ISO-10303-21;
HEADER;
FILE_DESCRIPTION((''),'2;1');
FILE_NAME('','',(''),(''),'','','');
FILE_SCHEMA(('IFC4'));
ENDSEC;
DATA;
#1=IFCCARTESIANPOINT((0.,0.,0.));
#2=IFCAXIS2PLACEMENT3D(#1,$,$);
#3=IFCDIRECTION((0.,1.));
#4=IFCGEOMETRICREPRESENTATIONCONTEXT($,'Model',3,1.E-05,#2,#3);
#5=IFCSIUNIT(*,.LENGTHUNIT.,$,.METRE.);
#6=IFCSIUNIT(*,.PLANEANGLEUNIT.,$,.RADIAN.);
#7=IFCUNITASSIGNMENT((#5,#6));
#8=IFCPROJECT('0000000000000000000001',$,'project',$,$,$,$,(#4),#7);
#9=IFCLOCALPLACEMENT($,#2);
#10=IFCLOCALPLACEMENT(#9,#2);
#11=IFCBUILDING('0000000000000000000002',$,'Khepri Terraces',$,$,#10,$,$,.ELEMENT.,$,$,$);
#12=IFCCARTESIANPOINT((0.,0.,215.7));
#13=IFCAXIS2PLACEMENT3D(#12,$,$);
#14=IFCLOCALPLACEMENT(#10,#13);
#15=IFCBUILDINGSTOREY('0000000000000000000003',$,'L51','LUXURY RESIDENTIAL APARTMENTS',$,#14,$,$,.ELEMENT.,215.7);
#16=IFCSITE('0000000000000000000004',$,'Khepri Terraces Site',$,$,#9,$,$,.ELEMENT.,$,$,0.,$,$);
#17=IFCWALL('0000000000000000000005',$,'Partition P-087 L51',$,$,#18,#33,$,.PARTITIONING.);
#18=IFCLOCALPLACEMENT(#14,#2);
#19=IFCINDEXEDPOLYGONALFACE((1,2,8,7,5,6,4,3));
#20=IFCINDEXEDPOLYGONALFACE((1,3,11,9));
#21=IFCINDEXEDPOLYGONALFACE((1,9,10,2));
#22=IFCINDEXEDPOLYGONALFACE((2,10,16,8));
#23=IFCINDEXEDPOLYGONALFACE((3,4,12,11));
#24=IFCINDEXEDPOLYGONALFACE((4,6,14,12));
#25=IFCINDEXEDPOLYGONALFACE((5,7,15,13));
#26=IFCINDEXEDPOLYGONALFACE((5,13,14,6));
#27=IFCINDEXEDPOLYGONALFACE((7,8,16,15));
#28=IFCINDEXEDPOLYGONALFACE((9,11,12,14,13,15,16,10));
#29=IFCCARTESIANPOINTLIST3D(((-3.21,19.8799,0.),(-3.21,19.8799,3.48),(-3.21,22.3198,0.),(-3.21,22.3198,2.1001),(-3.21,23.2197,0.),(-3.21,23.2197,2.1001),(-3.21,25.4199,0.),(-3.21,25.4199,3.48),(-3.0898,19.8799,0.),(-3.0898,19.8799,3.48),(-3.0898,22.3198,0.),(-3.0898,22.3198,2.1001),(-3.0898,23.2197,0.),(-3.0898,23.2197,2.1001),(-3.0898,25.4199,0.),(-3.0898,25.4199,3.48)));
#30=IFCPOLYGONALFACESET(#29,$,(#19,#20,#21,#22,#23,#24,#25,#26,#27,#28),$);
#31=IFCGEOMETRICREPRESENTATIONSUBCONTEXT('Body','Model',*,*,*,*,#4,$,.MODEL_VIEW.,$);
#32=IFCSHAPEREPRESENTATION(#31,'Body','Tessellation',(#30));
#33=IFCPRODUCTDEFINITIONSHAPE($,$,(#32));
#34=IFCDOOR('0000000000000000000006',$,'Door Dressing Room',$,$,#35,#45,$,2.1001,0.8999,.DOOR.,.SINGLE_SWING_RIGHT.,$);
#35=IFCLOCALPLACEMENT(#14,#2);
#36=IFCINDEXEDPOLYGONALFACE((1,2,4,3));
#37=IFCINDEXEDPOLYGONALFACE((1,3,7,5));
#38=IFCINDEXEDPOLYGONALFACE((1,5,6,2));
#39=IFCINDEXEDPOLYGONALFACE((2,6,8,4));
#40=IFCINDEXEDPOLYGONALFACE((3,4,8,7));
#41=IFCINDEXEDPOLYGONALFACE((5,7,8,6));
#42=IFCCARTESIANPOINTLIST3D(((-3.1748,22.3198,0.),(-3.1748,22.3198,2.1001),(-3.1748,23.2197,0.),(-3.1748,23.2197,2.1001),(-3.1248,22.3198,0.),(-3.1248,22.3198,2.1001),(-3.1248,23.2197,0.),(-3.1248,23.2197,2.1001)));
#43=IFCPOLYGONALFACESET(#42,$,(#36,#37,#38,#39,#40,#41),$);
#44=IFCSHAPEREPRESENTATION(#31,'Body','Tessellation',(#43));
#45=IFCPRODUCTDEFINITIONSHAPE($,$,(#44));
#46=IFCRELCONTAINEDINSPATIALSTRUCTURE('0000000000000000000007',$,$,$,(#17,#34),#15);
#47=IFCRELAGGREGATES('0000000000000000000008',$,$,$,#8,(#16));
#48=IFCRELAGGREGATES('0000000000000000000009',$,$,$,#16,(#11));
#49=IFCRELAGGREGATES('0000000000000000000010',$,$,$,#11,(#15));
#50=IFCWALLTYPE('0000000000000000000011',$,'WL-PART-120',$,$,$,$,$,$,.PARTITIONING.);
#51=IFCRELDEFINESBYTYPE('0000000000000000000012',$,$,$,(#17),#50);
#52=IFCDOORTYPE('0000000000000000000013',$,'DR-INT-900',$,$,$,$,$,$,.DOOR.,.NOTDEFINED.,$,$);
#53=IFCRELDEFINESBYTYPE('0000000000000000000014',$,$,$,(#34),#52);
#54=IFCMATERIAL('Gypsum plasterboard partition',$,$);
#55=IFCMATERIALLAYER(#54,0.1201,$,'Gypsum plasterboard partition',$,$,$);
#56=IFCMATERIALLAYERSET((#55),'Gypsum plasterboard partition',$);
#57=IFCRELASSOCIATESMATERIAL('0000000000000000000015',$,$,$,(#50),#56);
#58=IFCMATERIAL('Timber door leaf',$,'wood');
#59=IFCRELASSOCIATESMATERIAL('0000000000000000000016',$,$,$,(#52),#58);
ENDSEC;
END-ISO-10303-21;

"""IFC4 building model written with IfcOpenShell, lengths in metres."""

from ifc_helpers import new_model, si_unit, direction, frame, frame_2d, origin, place, context, subcontext, project, spatial, rectangle, extrude, material, layer, layer_set, type_object, element, fill, save


model = new_model("IFC4")

# Units and contexts
model_context = context("Model", 3, precision=1e-05, world=origin(), true_north=direction((0.0, 1.0)))
body_context = subcontext(model_context, "Body", "Model", "MODEL_VIEW")
ifc_project = project(units=[si_unit("LENGTHUNIT", "METRE"), si_unit("PLANEANGLEUNIT", "RADIAN")], contexts=[model_context])

# Site, building, storey
site_placement = place(None, origin())
site = spatial("IfcSite", under=ifc_project, at=site_placement, Name="Khepri Terraces Site", CompositionType="ELEMENT", RefElevation=0.0)
building_placement = place(site_placement, origin())
building = spatial("IfcBuilding", under=site, at=building_placement, Name="Khepri Terraces", CompositionType="ELEMENT")
storey_placement = place(building_placement, frame((0.0, 0.0, 215.7)))
storey = spatial("IfcBuildingStorey", under=building, at=storey_placement, Name="L51", Description="LUXURY RESIDENTIAL APARTMENTS", CompositionType="ELEMENT", Elevation=215.7)

# Shared definitions
ifc_material_1 = material(Name="Gypsum plasterboard partition")
ifc_layer_1 = layer(ifc_material_1, 0.1201, Name="Gypsum plasterboard partition")
ifc_layer_set_1 = layer_set([ifc_layer_1], Name="Gypsum plasterboard partition")
wall_type_1 = type_object("IfcWallType", Name="WL-PART-120", PredefinedType="PARTITIONING", material=ifc_layer_set_1)
ifc_material_2 = material(Name="Timber door leaf", Category="wood")
door_type_1 = type_object("IfcDoorType", Name="DR-INT-900", OperationType="NOTDEFINED", PredefinedType="DOOR", material=ifc_material_2)

# Wall, opening, door
wall_1_placement = place(storey_placement, frame((-3.1499, 19.8799, 0.0), z_axis=(0.0, 0.0, 1.0), x_axis=(0.0, 1.0, 0.0)))
wall_1 = element("IfcWall", 1, at=wall_1_placement, inside=storey, type_object=wall_type_1, Name="Partition P-087 L51", PredefinedType="PARTITIONING", context=body_context, shape_type="SweptSolid", body=[
    extrude(rectangle(XDim=5.54, YDim=0.1201, at=frame_2d((2.77, 0.0))), origin(), (0.0, 0.0, 1.0), 3.48),
])
opening_1_placement = place(wall_1_placement, frame((2.4399, 0.0, 0.0)))
opening_1 = element("IfcOpeningElement", 2, at=opening_1_placement, cuts=wall_1, PredefinedType="OPENING", context=body_context, shape_type="SweptSolid", body=[
    extrude(rectangle(XDim=0.8999, YDim=2.1001, at=frame_2d((0.45, 1.05))), frame((0.0, 0.0701, 0.0), z_axis=(0.0, -1.0, 0.0), x_axis=(1.0, 0.0, 0.0)), (0.0, 0.0, 1.0), 0.1401),
])
door_1_placement = place(opening_1_placement, origin())
door_1 = element("IfcDoor", 3, at=door_1_placement, inside=storey, type_object=door_type_1, Name="Door Dressing Room", OperationType="SINGLE_SWING_RIGHT", OverallHeight=2.1001, OverallWidth=0.8999, PredefinedType="DOOR", context=body_context, shape_type="SweptSolid", body=[
    extrude(rectangle(XDim=0.8999, YDim=2.1001, at=frame_2d((0.45, 1.05))), frame((0.0, 0.0249, 0.0), z_axis=(0.0, -1.0, 0.0), x_axis=(1.0, 0.0, 0.0)), (0.0, 0.0, 1.0), 0.05),
])
fill(opening_1, door_1)

save(model, "model.ifc")
